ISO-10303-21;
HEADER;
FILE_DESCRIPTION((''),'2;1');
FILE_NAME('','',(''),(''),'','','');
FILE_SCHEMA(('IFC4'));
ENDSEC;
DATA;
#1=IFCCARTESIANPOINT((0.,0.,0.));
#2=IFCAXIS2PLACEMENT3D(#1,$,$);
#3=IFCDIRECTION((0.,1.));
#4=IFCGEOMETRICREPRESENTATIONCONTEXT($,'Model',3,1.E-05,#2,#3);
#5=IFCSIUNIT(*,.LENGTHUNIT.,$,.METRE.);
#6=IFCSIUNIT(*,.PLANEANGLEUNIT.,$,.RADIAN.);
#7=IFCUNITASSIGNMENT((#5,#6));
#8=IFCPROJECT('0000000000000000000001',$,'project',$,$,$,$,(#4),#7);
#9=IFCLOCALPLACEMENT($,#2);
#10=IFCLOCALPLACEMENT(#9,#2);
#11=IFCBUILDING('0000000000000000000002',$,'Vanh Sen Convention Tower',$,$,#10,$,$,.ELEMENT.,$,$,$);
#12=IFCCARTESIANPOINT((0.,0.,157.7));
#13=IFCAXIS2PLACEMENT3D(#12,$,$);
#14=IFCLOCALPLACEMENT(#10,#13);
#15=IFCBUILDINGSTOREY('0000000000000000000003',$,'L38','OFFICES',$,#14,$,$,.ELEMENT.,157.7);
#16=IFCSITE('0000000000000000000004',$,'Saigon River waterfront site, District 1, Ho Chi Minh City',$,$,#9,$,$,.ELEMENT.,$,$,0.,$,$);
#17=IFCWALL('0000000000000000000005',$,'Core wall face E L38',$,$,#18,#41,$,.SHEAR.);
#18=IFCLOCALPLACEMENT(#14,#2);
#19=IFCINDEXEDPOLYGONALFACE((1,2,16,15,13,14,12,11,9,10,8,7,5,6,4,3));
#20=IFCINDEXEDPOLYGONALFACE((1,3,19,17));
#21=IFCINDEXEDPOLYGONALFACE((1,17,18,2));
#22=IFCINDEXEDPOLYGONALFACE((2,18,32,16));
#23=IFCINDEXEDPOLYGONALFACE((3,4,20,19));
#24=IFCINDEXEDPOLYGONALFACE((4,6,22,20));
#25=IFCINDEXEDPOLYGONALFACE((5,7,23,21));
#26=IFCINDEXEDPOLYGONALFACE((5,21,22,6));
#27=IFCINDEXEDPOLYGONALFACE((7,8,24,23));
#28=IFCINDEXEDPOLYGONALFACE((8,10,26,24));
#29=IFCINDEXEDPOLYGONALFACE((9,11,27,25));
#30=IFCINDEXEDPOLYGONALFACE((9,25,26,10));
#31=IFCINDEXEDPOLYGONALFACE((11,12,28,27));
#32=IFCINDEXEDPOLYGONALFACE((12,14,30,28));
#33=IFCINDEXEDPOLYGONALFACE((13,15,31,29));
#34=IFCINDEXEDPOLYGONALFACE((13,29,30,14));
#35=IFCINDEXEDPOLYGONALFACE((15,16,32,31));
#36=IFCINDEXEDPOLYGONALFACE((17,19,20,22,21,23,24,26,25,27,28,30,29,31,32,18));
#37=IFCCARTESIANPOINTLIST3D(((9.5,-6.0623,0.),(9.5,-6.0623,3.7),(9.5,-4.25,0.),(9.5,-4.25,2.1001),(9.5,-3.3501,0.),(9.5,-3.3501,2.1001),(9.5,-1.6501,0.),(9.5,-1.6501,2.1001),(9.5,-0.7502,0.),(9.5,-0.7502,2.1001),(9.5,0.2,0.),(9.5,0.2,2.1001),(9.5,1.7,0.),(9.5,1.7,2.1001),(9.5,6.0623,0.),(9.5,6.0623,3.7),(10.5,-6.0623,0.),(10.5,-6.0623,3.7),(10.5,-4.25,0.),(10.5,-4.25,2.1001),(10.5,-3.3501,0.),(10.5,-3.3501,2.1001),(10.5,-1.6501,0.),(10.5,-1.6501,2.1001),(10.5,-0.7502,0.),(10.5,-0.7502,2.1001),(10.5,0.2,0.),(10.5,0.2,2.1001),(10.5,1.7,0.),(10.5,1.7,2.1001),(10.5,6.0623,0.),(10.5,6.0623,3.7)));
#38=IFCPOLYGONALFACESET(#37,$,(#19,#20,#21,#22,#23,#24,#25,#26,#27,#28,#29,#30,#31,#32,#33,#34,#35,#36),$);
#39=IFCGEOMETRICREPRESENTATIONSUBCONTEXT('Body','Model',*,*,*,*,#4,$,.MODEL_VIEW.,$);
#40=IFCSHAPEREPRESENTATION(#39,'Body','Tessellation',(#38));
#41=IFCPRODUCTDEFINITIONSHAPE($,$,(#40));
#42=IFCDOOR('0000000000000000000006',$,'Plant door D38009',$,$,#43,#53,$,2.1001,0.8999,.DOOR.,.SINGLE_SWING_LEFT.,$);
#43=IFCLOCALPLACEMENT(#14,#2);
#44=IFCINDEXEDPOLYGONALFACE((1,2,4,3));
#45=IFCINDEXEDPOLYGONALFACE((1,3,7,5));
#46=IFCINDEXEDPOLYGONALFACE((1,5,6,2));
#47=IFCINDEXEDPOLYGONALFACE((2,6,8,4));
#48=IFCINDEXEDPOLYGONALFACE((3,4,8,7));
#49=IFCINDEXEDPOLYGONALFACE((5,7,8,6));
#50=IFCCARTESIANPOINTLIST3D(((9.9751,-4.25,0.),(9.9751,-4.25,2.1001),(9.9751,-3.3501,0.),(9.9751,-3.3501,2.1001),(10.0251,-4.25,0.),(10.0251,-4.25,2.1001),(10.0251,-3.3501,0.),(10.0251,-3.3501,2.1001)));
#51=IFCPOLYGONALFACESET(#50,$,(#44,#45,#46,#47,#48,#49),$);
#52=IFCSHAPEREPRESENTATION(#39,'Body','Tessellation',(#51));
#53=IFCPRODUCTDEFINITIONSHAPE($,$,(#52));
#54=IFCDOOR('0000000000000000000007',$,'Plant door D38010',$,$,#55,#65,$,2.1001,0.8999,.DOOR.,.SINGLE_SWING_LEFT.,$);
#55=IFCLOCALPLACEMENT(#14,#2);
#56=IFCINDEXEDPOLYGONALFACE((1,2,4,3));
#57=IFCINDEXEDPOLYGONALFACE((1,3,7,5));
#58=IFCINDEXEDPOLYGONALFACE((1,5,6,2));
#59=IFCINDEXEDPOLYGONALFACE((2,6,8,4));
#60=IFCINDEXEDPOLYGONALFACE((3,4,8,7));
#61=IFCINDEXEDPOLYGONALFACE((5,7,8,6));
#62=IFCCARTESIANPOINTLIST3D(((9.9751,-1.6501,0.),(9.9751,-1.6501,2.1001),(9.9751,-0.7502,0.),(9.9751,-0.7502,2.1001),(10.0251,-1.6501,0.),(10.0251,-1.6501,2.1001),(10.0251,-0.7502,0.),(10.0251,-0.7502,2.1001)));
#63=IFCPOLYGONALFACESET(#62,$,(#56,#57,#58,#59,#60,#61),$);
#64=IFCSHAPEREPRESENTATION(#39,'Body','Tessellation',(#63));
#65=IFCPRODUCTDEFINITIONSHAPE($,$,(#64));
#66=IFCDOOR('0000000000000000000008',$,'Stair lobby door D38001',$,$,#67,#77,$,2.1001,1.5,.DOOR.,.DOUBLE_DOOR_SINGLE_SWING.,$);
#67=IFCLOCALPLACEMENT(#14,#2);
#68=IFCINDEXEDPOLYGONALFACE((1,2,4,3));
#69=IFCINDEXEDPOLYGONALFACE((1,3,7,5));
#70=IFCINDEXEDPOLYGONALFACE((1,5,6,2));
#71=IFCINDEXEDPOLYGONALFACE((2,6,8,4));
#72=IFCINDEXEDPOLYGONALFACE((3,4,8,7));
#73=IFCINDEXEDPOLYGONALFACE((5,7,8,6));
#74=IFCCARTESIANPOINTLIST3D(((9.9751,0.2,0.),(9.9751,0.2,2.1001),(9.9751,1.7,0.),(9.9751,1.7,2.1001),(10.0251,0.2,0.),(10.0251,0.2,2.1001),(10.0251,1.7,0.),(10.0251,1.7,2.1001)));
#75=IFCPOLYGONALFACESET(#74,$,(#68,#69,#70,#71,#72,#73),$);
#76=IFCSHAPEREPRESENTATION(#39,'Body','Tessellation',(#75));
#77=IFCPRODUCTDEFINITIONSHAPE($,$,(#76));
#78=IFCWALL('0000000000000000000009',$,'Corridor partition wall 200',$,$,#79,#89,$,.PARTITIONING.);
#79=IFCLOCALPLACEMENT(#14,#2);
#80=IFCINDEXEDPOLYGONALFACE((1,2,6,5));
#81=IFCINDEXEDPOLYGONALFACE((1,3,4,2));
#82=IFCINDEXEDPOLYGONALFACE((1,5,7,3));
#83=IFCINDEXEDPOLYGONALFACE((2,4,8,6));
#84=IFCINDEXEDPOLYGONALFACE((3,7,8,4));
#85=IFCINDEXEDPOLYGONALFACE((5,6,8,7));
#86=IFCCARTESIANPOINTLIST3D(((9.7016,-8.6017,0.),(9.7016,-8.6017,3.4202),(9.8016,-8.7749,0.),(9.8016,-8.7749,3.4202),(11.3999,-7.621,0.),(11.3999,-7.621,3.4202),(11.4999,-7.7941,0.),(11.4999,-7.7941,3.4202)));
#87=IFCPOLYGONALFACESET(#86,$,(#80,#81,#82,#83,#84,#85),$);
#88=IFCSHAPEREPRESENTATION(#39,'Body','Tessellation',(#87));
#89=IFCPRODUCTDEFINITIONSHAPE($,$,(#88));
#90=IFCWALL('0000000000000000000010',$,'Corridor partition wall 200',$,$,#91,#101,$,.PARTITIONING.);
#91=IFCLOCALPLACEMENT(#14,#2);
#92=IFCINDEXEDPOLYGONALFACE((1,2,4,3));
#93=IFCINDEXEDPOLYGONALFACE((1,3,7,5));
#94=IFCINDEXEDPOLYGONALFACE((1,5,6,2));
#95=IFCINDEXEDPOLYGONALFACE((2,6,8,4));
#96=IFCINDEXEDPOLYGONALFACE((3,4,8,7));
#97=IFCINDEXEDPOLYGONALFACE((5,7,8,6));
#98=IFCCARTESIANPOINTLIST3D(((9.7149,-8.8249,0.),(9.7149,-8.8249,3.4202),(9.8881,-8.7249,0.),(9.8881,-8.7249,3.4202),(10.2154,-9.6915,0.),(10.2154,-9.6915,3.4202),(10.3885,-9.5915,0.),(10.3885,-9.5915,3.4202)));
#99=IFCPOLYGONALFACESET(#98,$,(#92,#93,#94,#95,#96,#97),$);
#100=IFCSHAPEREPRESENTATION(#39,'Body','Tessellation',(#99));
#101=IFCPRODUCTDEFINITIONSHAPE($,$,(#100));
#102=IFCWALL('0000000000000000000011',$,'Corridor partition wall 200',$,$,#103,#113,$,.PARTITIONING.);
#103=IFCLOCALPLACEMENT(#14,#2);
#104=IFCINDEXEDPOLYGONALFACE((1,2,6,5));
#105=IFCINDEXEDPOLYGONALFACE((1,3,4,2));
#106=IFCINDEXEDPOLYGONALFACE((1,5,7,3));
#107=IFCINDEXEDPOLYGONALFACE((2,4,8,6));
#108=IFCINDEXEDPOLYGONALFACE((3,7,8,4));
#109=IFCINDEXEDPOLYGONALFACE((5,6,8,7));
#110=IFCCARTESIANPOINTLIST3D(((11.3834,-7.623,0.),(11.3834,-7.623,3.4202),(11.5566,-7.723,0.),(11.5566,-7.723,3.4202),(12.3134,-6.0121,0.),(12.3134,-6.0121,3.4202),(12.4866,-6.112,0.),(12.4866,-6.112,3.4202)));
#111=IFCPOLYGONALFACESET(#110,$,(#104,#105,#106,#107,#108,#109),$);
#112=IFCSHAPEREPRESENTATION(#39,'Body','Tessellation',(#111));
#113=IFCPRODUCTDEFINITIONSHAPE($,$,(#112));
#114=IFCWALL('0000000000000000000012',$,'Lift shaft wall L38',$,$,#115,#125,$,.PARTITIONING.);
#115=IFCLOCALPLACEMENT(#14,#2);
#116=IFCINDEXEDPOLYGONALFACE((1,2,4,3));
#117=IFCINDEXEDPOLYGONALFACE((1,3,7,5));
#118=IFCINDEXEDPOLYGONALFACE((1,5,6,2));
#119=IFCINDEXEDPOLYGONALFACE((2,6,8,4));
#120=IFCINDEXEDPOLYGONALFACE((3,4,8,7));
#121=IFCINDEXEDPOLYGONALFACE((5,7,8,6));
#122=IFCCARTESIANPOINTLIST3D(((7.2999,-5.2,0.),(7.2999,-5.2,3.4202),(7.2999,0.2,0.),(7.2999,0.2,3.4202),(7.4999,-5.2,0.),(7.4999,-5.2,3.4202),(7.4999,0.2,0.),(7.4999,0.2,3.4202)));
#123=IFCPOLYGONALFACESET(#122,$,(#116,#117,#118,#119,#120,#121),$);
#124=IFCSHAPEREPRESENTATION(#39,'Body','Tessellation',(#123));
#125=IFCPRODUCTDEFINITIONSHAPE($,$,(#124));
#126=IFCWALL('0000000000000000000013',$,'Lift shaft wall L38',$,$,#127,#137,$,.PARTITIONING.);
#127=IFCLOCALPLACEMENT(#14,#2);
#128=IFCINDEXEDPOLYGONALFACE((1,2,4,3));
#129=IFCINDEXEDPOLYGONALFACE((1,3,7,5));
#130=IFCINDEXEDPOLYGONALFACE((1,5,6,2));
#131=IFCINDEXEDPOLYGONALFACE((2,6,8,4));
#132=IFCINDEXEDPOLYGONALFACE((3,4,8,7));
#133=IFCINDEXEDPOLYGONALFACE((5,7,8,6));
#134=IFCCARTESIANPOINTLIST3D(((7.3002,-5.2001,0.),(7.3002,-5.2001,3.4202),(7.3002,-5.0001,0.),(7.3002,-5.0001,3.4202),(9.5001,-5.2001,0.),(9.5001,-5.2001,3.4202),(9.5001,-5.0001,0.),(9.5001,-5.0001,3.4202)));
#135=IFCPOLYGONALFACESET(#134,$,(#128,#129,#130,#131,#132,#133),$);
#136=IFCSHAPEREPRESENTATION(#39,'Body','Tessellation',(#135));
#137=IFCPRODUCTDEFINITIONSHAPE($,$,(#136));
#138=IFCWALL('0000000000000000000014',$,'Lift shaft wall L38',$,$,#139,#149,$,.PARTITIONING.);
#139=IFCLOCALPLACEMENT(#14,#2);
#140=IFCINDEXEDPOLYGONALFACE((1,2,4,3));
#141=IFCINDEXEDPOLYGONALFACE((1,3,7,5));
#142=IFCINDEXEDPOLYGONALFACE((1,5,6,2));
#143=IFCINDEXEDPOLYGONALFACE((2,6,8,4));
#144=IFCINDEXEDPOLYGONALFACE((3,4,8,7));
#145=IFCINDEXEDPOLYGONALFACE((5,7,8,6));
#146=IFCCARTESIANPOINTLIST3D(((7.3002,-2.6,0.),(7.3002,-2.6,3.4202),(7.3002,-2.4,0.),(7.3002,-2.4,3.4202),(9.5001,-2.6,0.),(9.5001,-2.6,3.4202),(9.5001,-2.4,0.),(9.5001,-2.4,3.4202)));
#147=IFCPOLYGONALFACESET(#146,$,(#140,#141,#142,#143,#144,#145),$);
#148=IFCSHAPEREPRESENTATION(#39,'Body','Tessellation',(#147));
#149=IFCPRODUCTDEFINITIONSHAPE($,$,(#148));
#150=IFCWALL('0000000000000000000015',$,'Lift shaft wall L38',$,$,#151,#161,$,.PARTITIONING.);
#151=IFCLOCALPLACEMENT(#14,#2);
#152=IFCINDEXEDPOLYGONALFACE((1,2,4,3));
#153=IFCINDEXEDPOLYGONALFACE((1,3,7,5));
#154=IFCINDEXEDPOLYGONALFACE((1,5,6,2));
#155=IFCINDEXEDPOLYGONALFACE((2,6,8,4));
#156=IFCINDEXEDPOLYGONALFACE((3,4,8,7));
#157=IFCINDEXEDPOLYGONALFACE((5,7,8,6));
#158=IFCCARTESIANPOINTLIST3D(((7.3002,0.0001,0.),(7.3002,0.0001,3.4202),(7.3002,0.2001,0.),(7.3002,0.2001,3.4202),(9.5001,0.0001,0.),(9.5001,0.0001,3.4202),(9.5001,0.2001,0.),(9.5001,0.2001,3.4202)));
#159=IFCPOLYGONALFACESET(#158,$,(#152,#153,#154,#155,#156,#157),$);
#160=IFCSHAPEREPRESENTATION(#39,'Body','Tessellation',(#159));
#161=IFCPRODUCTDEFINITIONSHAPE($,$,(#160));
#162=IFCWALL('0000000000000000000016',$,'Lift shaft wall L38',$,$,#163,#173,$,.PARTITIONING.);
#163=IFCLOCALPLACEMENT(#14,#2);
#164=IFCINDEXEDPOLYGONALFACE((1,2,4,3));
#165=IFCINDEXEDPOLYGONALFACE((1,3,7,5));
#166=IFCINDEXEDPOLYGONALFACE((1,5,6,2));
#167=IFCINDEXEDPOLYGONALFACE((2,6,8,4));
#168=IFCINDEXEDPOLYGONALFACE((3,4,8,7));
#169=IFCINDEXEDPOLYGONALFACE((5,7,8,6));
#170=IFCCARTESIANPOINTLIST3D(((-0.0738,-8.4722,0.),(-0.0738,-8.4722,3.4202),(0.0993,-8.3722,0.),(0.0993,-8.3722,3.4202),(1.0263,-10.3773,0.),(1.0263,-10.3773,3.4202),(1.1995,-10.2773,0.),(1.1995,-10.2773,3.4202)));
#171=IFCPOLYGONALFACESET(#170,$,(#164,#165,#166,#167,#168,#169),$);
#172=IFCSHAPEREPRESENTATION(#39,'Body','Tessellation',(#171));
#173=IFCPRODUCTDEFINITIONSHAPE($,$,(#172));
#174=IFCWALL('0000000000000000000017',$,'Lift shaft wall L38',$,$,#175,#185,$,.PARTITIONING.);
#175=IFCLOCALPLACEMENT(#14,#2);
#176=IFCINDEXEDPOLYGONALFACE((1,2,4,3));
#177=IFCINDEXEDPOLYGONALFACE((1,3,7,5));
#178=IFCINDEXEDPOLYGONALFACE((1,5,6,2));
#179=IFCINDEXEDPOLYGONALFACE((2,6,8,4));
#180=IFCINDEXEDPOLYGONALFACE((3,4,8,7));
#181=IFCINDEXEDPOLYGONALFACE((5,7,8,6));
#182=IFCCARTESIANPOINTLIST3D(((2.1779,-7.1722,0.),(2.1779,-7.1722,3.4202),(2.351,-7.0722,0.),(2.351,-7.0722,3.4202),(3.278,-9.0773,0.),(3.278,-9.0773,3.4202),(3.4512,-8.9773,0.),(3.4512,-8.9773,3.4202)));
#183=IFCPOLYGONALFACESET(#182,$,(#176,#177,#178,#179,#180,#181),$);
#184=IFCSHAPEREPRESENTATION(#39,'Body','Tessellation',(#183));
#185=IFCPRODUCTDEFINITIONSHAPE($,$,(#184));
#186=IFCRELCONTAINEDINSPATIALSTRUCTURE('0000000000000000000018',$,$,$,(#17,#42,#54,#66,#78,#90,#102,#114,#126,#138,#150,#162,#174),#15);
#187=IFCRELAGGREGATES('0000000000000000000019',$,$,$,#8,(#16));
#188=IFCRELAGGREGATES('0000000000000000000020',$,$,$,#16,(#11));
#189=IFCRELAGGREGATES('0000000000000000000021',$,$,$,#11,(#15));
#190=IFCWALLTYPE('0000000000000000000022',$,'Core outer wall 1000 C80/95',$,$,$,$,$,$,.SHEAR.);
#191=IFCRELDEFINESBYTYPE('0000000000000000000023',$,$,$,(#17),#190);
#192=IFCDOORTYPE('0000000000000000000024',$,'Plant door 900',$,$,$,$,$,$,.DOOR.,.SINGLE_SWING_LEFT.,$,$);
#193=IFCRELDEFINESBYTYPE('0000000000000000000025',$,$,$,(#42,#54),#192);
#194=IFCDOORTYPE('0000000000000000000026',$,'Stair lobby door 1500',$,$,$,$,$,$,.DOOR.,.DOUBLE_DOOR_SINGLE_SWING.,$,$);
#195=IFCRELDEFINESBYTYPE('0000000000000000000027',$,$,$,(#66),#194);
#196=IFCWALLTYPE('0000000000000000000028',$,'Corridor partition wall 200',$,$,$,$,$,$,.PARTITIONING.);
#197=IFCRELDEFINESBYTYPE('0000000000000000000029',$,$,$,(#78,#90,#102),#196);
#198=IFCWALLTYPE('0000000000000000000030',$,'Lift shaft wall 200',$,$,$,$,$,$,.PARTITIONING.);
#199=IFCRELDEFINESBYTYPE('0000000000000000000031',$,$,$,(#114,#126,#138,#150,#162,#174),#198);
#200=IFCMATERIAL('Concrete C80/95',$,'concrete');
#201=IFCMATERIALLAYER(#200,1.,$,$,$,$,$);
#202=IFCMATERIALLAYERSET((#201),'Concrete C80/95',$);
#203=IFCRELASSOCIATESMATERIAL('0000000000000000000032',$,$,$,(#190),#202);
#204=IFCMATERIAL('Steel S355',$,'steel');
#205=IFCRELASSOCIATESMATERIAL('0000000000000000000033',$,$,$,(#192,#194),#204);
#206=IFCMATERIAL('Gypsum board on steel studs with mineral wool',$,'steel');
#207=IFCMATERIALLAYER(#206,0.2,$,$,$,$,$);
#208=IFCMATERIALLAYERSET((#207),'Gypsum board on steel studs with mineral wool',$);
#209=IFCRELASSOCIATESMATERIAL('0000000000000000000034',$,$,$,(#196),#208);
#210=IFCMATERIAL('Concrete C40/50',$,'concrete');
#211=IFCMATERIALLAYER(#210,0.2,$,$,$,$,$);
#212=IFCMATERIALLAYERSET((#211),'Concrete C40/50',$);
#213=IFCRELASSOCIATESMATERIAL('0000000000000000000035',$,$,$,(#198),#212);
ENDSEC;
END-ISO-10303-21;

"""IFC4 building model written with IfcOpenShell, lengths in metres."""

from ifc_helpers import new_model, si_unit, direction, frame, frame_2d, origin, place, context, subcontext, project, spatial, rectangle, extrude, material, layer, layer_set, type_object, element, fill, save


model = new_model("IFC4")

# Units and contexts
model_context = context("Model", 3, precision=1e-05, world=origin(), true_north=direction((0.0, 1.0)))
body_context = subcontext(model_context, "Body", "Model", "MODEL_VIEW")
ifc_project = project(units=[si_unit("LENGTHUNIT", "METRE"), si_unit("PLANEANGLEUNIT", "RADIAN")], contexts=[model_context])

# Site, building, storey
site_placement = place(None, origin())
site = spatial("IfcSite", under=ifc_project, at=site_placement, Name="Saigon River waterfront site, District 1, Ho Chi Minh City", CompositionType="ELEMENT", RefElevation=0.0)
building_placement = place(site_placement, origin())
building = spatial("IfcBuilding", under=site, at=building_placement, Name="Vanh Sen Convention Tower", CompositionType="ELEMENT")
storey_placement = place(building_placement, frame((0.0, 0.0, 157.7)))
storey = spatial("IfcBuildingStorey", under=building, at=storey_placement, Name="L38", Description="OFFICES", CompositionType="ELEMENT", Elevation=157.7)

# Shared definitions
ifc_material_1 = material(Name="Concrete C40/50", Category="concrete")

# Wall, openings, doors
ifc_material_2 = material(Name="Concrete C80/95", Category="concrete")
ifc_layer_1 = layer(ifc_material_2, 1.0)
ifc_layer_set_1 = layer_set([ifc_layer_1], Name="Concrete C80/95")
wall_type_1 = type_object("IfcWallType", Name="Core outer wall 1000 C80/95", PredefinedType="SHEAR", material=ifc_layer_set_1)
wall_1_placement = place(storey_placement, frame((10.0, -6.0623, 0.0), z_axis=(0.0, 0.0, 1.0), x_axis=(0.0, 1.0, 0.0)))
wall_1 = element("IfcWall", 1, at=wall_1_placement, inside=storey, type_object=wall_type_1, Name="Core wall face E L38", PredefinedType="SHEAR", context=body_context, shape_type="SweptSolid", body=[
    extrude(rectangle(XDim=12.1245, YDim=1.0, at=frame_2d((6.0623, 0.0))), origin(), (0.0, 0.0, 1.0), 3.7),
])
opening_1_placement = place(wall_1_placement, frame((6.2622, 0.0, 0.0)))
opening_1 = element("IfcOpeningElement", 2, at=opening_1_placement, cuts=wall_1, PredefinedType="OPENING", context=body_context, shape_type="SweptSolid", body=[
    extrude(rectangle(XDim=1.5, YDim=2.1001, at=frame_2d((0.75, 1.05))), frame((0.0, 0.51, 0.0), z_axis=(0.0, -1.0, 0.0), x_axis=(1.0, 0.0, 0.0)), (0.0, 0.0, 1.0), 1.02),
])
opening_2_placement = place(wall_1_placement, frame((1.8123, 0.0, 0.0)))
opening_2 = element("IfcOpeningElement", 3, at=opening_2_placement, cuts=wall_1, PredefinedType="OPENING", context=body_context, shape_type="SweptSolid", body=[
    extrude(rectangle(XDim=0.8999, YDim=2.1001, at=frame_2d((0.45, 1.05))), frame((0.0, 0.51, 0.0), z_axis=(0.0, -1.0, 0.0), x_axis=(1.0, 0.0, 0.0)), (0.0, 0.0, 1.0), 1.02),
])
opening_3_placement = place(wall_1_placement, frame((4.4121, 0.0, 0.0)))
opening_3 = element("IfcOpeningElement", 4, at=opening_3_placement, cuts=wall_1, PredefinedType="OPENING", context=body_context, shape_type="SweptSolid", body=[
    extrude(rectangle(XDim=0.8999, YDim=2.1001, at=frame_2d((0.45, 1.05))), frame((0.0, 0.51, 0.0), z_axis=(0.0, -1.0, 0.0), x_axis=(1.0, 0.0, 0.0)), (0.0, 0.0, 1.0), 1.02),
])
ifc_material_3 = material(Name="Steel S355", Category="steel")
door_type_1 = type_object("IfcDoorType", Name="Plant door 900", OperationType="SINGLE_SWING_LEFT", PredefinedType="DOOR", material=ifc_material_3)
door_1_placement = place(opening_2_placement, origin())
door_1 = element("IfcDoor", 5, at=door_1_placement, inside=storey, type_object=door_type_1, Name="Plant door D38009", OperationType="SINGLE_SWING_LEFT", OverallHeight=2.1001, OverallWidth=0.8999, PredefinedType="DOOR", context=body_context, shape_type="SweptSolid", body=[
    extrude(rectangle(XDim=0.8999, YDim=2.1001, at=frame_2d((0.45, 1.05))), frame((0.0, 0.0249, 0.0), z_axis=(0.0, -1.0, 0.0), x_axis=(1.0, 0.0, 0.0)), (0.0, 0.0, 1.0), 0.05),
])
fill(opening_2, door_1)
door_2_placement = place(opening_3_placement, origin())
door_2 = element("IfcDoor", 6, at=door_2_placement, inside=storey, type_object=door_type_1, Name="Plant door D38010", OperationType="SINGLE_SWING_LEFT", OverallHeight=2.1001, OverallWidth=0.8999, PredefinedType="DOOR", context=body_context, shape_type="SweptSolid", body=[
    extrude(rectangle(XDim=0.8999, YDim=2.1001, at=frame_2d((0.45, 1.05))), frame((0.0, 0.0249, 0.0), z_axis=(0.0, -1.0, 0.0), x_axis=(1.0, 0.0, 0.0)), (0.0, 0.0, 1.0), 0.05),
])
fill(opening_3, door_2)
door_type_2 = type_object("IfcDoorType", Name="Stair lobby door 1500", OperationType="DOUBLE_DOOR_SINGLE_SWING", PredefinedType="DOOR", material=ifc_material_3)
door_3_placement = place(opening_1_placement, origin())
door_3 = element("IfcDoor", 7, at=door_3_placement, inside=storey, type_object=door_type_2, Name="Stair lobby door D38001", OperationType="DOUBLE_DOOR_SINGLE_SWING", OverallHeight=2.1001, OverallWidth=1.5, PredefinedType="DOOR", context=body_context, shape_type="SweptSolid", body=[
    extrude(rectangle(XDim=1.5, YDim=2.1001, at=frame_2d((0.75, 1.05))), frame((0.0, 0.0249, 0.0), z_axis=(0.0, -1.0, 0.0), x_axis=(1.0, 0.0, 0.0)), (0.0, 0.0, 1.0), 0.05),
])
fill(opening_1, door_3)

# Walls
ifc_material_4 = material(Name="Gypsum board on steel studs with mineral wool", Category="steel")
ifc_layer_2 = layer(ifc_material_4, 0.2)
ifc_layer_set_2 = layer_set([ifc_layer_2], Name="Gypsum board on steel studs with mineral wool")
wall_type_2 = type_object("IfcWallType", Name="Corridor partition wall 200", PredefinedType="PARTITIONING", material=ifc_layer_set_2)
wall_2_placement = place(storey_placement, frame((9.7517, -8.6882, 0.0), z_axis=(0.0, 0.0, 1.0), x_axis=(0.865974, 0.500089, 0.0)))
element("IfcWall", 8, at=wall_2_placement, inside=storey, type_object=wall_type_2, Name="Corridor partition wall 200", PredefinedType="PARTITIONING", context=body_context, shape_type="SweptSolid", body=[
    extrude(rectangle(XDim=1.9612, YDim=0.2, at=frame_2d((0.9805, 0.0))), origin(), (0.0, 0.0, 1.0), 3.4202),
])
wall_3_placement = place(storey_placement, frame((10.302, -9.6416, 0.0), z_axis=(0.0, 0.0, 1.0), x_axis=(-0.500074, 0.865982, 0.0)))
element("IfcWall", 9, at=wall_3_placement, inside=storey, type_object=wall_type_2, Name="Corridor partition wall 200", PredefinedType="PARTITIONING", context=body_context, shape_type="SweptSolid", body=[
    extrude(rectangle(XDim=1.0007, YDim=0.2, at=frame_2d((0.5005, 0.0))), origin(), (0.0, 0.0, 1.0), 3.4202),
])
wall_4_placement = place(storey_placement, frame((11.47, -7.6731, 0.0), z_axis=(0.0, 0.0, 1.0), x_axis=(0.499965, 0.866046, 0.0)))
element("IfcWall", 10, at=wall_4_placement, inside=storey, type_object=wall_type_2, Name="Corridor partition wall 200", PredefinedType="PARTITIONING", context=body_context, shape_type="SweptSolid", body=[
    extrude(rectangle(XDim=1.8601, YDim=0.2, at=frame_2d((0.9302, 0.0))), origin(), (0.0, 0.0, 1.0), 3.4202),
])
ifc_layer_3 = layer(ifc_material_1, 0.2)
ifc_layer_set_3 = layer_set([ifc_layer_3], Name="Concrete C40/50")
wall_type_3 = type_object("IfcWallType", Name="Lift shaft wall 200", PredefinedType="PARTITIONING", material=ifc_layer_set_3)
wall_5_placement = place(storey_placement, frame((7.3999, -5.2, 0.0), z_axis=(0.0, 0.0, 1.0), x_axis=(0.0, 1.0, 0.0)))
element("IfcWall", 11, at=wall_5_placement, inside=storey, type_object=wall_type_3, Name="Lift shaft wall L38", PredefinedType="PARTITIONING", context=body_context, shape_type="SweptSolid", body=[
    extrude(rectangle(XDim=5.3999, YDim=0.2, at=frame_2d((2.7, 0.0))), origin(), (0.0, 0.0, 1.0), 3.4202),
])
for number, where, z_axis, x_axis, name in (
    (12, (7.3, -5.1001, 0.0), (0.0, 0.0, 1.0), (1.0, 0.0, 0.0), "Lift shaft wall L38"),
    (13, (7.3, -2.5, 0.0), (0.0, 0.0, 1.0), (1.0, 0.0, 0.0), "Lift shaft wall L38"),
    (14, (7.3, 0.1001, 0.0), (0.0, 0.0, 1.0), (1.0, 0.0, 0.0), "Lift shaft wall L38"),
    (15, (0.0127, -8.4221, 0.0), (0.0, 0.0, 1.0), (0.500078, -0.86598, 0.0), "Lift shaft wall L38"),
    (16, (2.2644, -7.1221, 0.0), (0.0, 0.0, 1.0), (0.500078, -0.86598, 0.0), "Lift shaft wall L38"),
):
    element("IfcWall", number, at=place(storey_placement, frame(where, z_axis=z_axis, x_axis=x_axis)), inside=storey, type_object=wall_type_3, Name=name, PredefinedType="PARTITIONING", context=body_context, shape_type="SweptSolid", body=[
        extrude(rectangle(XDim=2.2, YDim=0.2, at=frame_2d((1.1001, 0.0))), origin(), (0.0, 0.0, 1.0), 3.4202),
    ])

save(model, "model.ifc")
